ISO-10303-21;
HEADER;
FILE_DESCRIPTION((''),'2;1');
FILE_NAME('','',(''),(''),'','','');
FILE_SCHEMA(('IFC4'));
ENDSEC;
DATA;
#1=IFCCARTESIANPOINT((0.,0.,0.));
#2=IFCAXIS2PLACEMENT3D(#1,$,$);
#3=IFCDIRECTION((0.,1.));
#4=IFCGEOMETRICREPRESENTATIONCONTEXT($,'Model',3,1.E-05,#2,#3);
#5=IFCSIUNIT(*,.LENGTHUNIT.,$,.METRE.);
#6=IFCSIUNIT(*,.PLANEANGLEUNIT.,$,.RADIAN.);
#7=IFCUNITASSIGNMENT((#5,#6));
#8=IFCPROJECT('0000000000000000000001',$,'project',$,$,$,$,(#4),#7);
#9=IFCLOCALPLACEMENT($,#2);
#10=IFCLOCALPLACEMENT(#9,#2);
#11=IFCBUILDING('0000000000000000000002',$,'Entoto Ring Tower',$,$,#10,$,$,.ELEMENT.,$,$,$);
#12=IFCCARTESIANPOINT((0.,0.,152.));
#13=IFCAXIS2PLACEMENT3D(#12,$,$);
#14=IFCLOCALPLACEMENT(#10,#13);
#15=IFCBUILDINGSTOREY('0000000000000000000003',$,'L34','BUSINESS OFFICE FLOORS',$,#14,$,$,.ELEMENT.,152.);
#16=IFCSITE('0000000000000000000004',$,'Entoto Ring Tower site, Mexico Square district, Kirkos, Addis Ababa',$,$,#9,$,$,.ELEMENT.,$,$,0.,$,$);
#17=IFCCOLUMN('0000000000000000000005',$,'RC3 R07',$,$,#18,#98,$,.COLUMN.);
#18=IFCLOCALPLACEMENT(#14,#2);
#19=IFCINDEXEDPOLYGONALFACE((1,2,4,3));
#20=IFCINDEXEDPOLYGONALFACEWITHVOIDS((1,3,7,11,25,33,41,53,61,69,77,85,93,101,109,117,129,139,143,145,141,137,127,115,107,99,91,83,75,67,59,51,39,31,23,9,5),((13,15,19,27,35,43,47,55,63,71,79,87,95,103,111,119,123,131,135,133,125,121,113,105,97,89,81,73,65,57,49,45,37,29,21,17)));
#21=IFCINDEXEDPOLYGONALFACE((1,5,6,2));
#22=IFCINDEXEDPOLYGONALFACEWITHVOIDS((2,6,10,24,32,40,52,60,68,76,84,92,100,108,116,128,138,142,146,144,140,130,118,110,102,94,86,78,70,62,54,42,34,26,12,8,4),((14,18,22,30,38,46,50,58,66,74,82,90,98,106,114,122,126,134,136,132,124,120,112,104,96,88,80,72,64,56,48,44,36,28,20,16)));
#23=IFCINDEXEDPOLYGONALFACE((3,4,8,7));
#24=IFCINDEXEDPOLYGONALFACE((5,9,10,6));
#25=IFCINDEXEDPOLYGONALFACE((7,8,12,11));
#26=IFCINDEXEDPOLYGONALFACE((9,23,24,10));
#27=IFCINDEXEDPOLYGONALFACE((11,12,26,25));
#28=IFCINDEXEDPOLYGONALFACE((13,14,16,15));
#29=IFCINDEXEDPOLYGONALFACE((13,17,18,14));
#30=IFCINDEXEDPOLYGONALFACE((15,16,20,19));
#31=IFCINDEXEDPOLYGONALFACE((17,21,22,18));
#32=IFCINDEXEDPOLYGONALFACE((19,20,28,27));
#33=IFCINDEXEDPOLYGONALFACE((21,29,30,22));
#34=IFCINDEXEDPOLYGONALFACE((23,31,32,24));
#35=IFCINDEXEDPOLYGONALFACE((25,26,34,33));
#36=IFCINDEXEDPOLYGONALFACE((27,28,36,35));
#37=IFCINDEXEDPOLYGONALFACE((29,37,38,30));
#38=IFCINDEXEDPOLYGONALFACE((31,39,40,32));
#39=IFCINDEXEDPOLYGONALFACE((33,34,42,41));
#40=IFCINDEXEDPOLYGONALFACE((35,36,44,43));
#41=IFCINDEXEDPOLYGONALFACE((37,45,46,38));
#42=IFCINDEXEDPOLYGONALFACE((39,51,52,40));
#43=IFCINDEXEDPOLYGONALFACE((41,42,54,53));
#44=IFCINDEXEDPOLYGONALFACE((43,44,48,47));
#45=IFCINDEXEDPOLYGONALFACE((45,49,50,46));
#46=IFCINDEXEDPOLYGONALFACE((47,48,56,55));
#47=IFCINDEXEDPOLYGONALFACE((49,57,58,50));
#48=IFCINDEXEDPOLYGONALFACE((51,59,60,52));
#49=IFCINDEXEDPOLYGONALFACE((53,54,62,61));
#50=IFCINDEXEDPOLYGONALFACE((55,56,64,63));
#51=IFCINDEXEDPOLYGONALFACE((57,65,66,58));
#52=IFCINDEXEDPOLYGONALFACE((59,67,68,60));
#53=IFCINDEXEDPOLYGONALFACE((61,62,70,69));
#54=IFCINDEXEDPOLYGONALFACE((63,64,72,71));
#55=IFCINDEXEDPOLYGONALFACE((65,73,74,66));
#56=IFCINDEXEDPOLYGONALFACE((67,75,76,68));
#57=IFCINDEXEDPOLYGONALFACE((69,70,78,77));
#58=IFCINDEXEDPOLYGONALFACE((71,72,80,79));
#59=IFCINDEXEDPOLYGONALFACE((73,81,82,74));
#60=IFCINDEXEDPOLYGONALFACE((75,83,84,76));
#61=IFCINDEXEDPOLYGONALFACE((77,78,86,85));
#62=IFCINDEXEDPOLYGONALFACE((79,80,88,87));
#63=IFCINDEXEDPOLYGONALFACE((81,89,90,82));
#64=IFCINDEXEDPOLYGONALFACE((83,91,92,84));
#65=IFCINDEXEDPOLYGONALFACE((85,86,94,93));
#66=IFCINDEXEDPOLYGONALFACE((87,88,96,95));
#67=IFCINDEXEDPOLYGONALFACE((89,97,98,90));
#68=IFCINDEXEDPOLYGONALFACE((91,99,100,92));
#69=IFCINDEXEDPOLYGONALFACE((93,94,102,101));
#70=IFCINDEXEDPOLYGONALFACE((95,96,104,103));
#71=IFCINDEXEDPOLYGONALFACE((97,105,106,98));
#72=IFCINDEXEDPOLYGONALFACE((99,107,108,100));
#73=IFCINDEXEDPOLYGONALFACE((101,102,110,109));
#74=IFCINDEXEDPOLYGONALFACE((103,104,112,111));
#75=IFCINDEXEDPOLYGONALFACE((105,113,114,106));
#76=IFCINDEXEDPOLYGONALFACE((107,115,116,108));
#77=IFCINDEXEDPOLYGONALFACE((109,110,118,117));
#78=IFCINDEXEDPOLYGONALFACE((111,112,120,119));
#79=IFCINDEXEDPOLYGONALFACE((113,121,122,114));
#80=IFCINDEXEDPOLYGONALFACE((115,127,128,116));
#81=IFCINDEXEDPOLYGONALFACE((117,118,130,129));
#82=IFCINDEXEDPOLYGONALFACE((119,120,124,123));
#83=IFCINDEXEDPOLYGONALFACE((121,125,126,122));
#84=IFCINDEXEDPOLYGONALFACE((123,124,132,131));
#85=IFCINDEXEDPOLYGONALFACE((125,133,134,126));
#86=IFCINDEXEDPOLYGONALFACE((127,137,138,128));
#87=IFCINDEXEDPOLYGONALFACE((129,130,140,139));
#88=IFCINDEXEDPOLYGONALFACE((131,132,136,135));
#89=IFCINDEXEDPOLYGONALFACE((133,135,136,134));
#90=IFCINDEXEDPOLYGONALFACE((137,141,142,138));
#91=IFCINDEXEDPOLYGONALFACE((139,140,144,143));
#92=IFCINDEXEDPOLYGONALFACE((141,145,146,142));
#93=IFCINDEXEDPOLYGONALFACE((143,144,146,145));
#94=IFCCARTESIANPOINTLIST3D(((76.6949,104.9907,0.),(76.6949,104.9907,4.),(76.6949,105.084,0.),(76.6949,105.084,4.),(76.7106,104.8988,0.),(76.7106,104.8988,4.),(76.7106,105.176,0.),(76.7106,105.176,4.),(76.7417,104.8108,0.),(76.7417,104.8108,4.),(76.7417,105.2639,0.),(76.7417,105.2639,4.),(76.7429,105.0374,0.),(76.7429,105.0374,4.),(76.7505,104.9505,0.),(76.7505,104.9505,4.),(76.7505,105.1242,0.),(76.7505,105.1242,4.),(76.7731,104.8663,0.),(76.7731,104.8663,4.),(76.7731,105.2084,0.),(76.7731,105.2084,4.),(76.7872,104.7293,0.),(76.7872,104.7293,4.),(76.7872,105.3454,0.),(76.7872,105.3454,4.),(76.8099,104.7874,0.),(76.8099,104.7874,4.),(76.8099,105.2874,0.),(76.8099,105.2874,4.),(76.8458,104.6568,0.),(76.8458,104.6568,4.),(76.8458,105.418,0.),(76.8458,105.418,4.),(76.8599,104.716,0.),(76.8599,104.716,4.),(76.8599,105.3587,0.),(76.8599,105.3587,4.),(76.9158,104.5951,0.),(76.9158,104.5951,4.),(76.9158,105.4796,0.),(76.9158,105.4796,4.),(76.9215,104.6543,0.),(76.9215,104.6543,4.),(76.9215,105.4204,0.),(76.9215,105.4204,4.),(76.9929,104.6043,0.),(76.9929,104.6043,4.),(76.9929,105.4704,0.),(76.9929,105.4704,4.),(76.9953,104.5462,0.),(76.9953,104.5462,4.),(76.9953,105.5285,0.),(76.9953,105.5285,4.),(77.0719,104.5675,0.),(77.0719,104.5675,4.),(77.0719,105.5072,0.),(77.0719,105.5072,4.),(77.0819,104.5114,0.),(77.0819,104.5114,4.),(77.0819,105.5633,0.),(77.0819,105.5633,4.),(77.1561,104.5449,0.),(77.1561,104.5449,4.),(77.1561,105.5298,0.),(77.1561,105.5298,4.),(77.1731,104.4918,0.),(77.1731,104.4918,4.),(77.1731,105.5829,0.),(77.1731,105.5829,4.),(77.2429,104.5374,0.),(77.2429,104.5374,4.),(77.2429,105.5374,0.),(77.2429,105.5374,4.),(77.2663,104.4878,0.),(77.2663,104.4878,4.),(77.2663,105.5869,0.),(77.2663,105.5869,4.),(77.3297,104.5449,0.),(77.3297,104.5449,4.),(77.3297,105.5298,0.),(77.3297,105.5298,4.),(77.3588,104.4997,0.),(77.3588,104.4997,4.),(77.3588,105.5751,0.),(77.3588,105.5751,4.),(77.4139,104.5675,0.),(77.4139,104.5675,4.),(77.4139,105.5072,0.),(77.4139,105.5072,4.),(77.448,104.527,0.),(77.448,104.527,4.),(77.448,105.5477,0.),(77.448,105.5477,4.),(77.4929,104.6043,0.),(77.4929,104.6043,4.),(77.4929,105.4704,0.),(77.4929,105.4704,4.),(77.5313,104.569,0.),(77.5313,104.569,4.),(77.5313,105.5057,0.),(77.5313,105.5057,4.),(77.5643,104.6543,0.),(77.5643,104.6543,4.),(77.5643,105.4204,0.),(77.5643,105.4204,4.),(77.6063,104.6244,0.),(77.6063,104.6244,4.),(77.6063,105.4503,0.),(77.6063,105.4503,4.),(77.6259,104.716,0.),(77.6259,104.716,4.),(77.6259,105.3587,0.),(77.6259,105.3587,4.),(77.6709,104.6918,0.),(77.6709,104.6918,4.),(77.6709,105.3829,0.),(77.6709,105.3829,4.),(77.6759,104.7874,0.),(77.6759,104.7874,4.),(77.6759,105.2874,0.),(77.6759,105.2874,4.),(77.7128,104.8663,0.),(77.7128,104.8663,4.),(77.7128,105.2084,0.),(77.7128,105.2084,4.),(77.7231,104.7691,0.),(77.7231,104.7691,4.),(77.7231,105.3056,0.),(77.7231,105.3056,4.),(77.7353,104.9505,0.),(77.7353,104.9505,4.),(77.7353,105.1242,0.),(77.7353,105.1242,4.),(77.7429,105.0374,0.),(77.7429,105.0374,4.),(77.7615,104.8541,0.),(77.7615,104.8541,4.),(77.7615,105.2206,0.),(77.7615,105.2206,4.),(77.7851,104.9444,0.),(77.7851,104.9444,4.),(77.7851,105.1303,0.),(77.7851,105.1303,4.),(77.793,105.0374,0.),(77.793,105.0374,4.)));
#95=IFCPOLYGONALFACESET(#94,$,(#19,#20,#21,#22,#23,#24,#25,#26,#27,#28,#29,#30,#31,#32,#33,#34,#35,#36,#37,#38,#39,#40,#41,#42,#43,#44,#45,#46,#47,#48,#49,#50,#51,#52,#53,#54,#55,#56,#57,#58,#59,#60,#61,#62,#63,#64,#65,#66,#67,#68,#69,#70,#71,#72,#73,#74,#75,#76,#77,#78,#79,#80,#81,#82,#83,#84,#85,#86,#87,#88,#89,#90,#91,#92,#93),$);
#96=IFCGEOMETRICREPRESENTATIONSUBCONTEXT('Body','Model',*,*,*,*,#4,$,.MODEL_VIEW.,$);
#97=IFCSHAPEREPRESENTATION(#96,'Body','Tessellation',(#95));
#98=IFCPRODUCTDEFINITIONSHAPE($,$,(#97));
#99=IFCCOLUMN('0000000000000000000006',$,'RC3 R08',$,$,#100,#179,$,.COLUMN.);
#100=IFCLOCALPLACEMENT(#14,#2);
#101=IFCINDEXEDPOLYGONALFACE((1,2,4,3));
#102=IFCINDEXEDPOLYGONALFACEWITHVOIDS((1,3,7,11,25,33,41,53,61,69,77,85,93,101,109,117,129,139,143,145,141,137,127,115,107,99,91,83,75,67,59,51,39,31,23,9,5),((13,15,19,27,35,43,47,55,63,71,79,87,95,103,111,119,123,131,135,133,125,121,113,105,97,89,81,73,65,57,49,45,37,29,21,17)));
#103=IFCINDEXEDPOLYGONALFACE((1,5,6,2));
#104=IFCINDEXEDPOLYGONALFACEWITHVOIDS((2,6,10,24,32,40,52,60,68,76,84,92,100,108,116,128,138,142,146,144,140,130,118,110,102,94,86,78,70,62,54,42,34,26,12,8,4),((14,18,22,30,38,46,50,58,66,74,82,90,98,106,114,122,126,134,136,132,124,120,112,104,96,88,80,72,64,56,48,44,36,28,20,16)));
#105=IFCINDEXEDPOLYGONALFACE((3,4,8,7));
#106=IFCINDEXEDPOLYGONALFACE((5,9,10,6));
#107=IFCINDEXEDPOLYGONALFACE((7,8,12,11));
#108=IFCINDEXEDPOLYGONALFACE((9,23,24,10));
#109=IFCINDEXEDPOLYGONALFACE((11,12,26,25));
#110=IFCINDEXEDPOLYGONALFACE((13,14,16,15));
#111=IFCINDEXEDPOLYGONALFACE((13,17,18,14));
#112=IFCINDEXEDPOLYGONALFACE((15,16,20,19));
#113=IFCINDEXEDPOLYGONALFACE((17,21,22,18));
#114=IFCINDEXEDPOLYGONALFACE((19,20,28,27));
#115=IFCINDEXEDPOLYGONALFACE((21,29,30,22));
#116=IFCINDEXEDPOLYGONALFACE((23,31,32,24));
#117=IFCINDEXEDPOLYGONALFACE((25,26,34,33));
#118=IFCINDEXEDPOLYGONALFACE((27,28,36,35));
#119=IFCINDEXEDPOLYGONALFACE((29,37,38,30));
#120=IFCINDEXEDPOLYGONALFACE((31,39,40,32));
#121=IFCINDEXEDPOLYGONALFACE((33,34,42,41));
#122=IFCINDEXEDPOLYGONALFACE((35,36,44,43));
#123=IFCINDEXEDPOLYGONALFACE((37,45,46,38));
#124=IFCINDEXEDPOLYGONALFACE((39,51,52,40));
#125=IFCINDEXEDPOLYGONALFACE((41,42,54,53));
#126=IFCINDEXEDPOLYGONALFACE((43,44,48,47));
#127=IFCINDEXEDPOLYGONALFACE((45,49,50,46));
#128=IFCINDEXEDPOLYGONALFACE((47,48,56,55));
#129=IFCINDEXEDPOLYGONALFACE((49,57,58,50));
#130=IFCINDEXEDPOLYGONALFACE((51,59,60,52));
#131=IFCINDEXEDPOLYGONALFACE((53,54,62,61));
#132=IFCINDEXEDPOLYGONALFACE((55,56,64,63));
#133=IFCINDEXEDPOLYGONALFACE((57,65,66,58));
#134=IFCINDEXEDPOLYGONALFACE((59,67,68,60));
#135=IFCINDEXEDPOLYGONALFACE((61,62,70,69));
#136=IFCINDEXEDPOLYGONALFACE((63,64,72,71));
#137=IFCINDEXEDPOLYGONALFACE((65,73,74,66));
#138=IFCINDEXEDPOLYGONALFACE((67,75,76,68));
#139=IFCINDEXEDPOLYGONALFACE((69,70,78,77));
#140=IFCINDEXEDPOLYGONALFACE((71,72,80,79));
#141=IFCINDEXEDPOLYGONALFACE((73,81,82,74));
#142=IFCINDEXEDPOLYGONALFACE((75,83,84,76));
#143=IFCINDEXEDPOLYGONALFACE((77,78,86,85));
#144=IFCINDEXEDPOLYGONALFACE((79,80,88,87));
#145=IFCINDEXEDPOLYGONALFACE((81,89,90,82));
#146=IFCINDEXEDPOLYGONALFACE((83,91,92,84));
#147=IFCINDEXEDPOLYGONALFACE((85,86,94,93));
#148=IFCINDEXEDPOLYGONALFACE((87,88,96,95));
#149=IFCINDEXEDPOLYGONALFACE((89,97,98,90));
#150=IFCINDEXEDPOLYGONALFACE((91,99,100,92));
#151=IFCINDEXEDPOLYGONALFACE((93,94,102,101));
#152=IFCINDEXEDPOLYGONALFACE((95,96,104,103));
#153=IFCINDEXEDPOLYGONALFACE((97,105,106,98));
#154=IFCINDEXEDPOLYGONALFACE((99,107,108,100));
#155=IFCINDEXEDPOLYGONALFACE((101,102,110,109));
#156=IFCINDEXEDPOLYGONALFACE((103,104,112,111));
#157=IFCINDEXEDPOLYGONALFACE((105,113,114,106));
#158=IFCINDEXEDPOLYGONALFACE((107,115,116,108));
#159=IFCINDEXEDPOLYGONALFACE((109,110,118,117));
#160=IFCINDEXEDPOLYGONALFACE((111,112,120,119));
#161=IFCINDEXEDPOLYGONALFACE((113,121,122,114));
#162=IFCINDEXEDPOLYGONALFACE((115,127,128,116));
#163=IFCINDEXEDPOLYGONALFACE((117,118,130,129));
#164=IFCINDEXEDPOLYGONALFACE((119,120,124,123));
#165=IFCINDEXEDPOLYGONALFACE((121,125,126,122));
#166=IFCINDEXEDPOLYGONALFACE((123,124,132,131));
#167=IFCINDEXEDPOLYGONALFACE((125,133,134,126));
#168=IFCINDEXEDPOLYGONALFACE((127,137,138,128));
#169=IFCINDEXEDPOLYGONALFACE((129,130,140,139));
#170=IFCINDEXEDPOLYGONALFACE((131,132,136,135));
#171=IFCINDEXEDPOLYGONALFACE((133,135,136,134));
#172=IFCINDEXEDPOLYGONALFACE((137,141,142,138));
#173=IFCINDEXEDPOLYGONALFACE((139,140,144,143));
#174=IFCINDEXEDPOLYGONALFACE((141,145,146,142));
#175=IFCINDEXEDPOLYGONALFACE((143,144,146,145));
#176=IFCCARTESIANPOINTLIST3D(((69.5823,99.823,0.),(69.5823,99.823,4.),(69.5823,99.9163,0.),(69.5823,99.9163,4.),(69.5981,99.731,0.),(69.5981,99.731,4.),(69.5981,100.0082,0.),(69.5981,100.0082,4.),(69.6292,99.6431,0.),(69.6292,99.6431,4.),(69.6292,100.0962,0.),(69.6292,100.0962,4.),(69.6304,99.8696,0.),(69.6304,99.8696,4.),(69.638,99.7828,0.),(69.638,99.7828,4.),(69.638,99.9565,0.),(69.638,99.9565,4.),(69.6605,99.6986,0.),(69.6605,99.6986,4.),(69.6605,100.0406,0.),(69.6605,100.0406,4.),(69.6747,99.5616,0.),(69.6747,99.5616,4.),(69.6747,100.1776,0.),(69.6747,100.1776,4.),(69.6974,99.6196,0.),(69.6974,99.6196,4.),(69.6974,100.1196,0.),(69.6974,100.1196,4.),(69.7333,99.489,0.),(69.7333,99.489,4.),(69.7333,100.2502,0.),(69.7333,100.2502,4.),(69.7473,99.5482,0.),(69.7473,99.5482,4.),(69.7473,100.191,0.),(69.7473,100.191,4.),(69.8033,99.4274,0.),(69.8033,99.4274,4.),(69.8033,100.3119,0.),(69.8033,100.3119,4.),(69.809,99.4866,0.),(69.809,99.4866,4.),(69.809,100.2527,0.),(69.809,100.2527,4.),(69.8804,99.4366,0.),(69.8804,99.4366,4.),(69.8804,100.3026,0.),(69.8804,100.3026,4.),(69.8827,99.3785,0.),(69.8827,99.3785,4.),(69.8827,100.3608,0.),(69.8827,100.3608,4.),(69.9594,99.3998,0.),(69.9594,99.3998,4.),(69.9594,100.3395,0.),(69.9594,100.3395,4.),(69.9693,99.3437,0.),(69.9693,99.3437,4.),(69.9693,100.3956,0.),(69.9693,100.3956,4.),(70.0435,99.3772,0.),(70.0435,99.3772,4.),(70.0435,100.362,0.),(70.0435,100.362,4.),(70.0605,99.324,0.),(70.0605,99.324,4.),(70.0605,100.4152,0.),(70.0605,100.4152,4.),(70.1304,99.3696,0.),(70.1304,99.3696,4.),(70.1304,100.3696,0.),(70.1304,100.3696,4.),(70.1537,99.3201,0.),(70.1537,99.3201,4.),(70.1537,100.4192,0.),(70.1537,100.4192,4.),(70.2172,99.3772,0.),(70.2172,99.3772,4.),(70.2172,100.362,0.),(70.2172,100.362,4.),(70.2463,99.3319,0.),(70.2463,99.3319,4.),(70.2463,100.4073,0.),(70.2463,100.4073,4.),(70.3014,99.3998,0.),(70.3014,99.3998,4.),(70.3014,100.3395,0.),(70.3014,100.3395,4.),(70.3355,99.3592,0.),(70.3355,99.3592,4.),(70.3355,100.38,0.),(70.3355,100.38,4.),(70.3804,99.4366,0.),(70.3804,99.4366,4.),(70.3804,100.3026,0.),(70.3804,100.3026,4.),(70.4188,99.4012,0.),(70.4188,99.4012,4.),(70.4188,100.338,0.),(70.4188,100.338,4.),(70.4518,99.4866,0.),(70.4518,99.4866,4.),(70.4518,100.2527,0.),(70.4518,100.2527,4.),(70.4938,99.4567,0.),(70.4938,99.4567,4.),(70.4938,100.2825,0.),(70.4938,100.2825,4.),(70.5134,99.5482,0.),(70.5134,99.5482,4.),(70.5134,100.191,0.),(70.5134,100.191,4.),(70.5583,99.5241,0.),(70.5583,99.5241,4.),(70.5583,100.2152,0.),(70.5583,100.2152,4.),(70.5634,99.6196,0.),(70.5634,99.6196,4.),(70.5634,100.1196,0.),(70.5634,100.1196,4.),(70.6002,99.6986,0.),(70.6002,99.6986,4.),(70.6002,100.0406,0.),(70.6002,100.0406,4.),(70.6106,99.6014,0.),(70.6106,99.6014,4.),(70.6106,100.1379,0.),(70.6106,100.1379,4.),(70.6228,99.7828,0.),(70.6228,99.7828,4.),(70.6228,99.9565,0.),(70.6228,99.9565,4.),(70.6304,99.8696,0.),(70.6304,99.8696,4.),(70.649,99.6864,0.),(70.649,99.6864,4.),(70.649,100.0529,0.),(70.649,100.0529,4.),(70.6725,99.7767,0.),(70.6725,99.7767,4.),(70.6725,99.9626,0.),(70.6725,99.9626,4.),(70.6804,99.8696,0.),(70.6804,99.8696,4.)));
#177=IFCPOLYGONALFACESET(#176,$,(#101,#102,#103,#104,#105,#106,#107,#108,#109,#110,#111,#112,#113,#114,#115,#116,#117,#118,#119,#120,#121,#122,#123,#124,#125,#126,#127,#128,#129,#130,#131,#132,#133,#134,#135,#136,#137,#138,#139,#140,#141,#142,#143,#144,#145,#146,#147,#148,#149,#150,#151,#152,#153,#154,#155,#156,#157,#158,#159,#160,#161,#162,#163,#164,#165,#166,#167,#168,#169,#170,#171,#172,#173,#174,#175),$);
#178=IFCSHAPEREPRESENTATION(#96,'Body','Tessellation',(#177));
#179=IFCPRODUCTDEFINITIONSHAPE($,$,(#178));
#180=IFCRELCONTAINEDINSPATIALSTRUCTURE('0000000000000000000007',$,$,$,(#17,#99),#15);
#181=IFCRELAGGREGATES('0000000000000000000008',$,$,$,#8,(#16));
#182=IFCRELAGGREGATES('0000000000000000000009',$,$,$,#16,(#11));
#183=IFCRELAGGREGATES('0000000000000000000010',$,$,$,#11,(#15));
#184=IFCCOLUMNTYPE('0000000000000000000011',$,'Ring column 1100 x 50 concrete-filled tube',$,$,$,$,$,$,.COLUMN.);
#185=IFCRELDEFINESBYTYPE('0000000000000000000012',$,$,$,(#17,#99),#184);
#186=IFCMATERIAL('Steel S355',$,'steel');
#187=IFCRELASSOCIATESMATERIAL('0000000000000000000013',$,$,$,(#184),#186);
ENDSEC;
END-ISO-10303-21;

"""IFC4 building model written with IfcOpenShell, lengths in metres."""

from ifc_helpers import new_model, si_unit, direction, frame, origin, origin_2d, place, context, subcontext, project, spatial, circle, hollow_circle, extrude, material, material_profile, profile_set, type_object, element, save


model = new_model("IFC4")

# Units and contexts
model_context = context("Model", 3, precision=1e-05, world=origin(), true_north=direction((0.0, 1.0)))
body_context = subcontext(model_context, "Body", "Model", "MODEL_VIEW")
ifc_project = project(units=[si_unit("LENGTHUNIT", "METRE"), si_unit("PLANEANGLEUNIT", "RADIAN")], contexts=[model_context])

# Site, building, storey
site_placement = place(None, origin())
site = spatial("IfcSite", under=ifc_project, at=site_placement, Name="Entoto Ring Tower site, Mexico Square district, Kirkos, Addis Ababa", CompositionType="ELEMENT", RefElevation=0.0)
building_placement = place(site_placement, origin())
building = spatial("IfcBuilding", under=site, at=building_placement, Name="Entoto Ring Tower", CompositionType="ELEMENT")
storey_placement = place(building_placement, frame((0.0, 0.0, 152.0)))
storey = spatial("IfcBuildingStorey", under=building, at=storey_placement, Name="L34", Description="BUSINESS OFFICE FLOORS", CompositionType="ELEMENT", Elevation=152.0)

# Columns
ifc_material_1 = material(Name="Steel S355", Category="steel")
ifc_material_profile_1 = material_profile(ifc_material_1, hollow_circle(Radius=0.55, WallThickness=0.05, at=origin_2d()), Name="CHS 1100 x 50")
ifc_material_2 = material(Name="Concrete C60/75", Category="concrete")
ifc_material_profile_2 = material_profile(ifc_material_2, circle(Radius=0.5, at=origin_2d()), Name="Concrete C60/75 infill")
ifc_profile_set_1 = profile_set([ifc_material_profile_1, ifc_material_profile_2], Name="Steel S355")
column_type = type_object("IfcColumnType", Name="Ring column 1100 x 50 concrete-filled tube", PredefinedType="COLUMN", material=ifc_profile_set_1)
for number, where, z_axis, x_axis, name in (
    (1, (77.2429, 105.0374, 0.0), (0.0, 0.0, 1.0), (1.0, 0.0, 0.0), "RC3 R07"),
    (2, (70.1304, 99.8696, 0.0), (0.0, 0.0, 1.0), (1.0, 0.0, 0.0), "RC3 R08"),
):
    element("IfcColumn", number, at=place(storey_placement, frame(where, z_axis=z_axis, x_axis=x_axis)), inside=storey, type_object=column_type, Name=name, PredefinedType="COLUMN", context=body_context, shape_type="SweptSolid", body=[
        extrude(hollow_circle(Radius=0.55, WallThickness=0.05, at=origin_2d()), origin(), (0.0, 0.0, 1.0), 4.0),
    ])

save(model, "model.ifc")
